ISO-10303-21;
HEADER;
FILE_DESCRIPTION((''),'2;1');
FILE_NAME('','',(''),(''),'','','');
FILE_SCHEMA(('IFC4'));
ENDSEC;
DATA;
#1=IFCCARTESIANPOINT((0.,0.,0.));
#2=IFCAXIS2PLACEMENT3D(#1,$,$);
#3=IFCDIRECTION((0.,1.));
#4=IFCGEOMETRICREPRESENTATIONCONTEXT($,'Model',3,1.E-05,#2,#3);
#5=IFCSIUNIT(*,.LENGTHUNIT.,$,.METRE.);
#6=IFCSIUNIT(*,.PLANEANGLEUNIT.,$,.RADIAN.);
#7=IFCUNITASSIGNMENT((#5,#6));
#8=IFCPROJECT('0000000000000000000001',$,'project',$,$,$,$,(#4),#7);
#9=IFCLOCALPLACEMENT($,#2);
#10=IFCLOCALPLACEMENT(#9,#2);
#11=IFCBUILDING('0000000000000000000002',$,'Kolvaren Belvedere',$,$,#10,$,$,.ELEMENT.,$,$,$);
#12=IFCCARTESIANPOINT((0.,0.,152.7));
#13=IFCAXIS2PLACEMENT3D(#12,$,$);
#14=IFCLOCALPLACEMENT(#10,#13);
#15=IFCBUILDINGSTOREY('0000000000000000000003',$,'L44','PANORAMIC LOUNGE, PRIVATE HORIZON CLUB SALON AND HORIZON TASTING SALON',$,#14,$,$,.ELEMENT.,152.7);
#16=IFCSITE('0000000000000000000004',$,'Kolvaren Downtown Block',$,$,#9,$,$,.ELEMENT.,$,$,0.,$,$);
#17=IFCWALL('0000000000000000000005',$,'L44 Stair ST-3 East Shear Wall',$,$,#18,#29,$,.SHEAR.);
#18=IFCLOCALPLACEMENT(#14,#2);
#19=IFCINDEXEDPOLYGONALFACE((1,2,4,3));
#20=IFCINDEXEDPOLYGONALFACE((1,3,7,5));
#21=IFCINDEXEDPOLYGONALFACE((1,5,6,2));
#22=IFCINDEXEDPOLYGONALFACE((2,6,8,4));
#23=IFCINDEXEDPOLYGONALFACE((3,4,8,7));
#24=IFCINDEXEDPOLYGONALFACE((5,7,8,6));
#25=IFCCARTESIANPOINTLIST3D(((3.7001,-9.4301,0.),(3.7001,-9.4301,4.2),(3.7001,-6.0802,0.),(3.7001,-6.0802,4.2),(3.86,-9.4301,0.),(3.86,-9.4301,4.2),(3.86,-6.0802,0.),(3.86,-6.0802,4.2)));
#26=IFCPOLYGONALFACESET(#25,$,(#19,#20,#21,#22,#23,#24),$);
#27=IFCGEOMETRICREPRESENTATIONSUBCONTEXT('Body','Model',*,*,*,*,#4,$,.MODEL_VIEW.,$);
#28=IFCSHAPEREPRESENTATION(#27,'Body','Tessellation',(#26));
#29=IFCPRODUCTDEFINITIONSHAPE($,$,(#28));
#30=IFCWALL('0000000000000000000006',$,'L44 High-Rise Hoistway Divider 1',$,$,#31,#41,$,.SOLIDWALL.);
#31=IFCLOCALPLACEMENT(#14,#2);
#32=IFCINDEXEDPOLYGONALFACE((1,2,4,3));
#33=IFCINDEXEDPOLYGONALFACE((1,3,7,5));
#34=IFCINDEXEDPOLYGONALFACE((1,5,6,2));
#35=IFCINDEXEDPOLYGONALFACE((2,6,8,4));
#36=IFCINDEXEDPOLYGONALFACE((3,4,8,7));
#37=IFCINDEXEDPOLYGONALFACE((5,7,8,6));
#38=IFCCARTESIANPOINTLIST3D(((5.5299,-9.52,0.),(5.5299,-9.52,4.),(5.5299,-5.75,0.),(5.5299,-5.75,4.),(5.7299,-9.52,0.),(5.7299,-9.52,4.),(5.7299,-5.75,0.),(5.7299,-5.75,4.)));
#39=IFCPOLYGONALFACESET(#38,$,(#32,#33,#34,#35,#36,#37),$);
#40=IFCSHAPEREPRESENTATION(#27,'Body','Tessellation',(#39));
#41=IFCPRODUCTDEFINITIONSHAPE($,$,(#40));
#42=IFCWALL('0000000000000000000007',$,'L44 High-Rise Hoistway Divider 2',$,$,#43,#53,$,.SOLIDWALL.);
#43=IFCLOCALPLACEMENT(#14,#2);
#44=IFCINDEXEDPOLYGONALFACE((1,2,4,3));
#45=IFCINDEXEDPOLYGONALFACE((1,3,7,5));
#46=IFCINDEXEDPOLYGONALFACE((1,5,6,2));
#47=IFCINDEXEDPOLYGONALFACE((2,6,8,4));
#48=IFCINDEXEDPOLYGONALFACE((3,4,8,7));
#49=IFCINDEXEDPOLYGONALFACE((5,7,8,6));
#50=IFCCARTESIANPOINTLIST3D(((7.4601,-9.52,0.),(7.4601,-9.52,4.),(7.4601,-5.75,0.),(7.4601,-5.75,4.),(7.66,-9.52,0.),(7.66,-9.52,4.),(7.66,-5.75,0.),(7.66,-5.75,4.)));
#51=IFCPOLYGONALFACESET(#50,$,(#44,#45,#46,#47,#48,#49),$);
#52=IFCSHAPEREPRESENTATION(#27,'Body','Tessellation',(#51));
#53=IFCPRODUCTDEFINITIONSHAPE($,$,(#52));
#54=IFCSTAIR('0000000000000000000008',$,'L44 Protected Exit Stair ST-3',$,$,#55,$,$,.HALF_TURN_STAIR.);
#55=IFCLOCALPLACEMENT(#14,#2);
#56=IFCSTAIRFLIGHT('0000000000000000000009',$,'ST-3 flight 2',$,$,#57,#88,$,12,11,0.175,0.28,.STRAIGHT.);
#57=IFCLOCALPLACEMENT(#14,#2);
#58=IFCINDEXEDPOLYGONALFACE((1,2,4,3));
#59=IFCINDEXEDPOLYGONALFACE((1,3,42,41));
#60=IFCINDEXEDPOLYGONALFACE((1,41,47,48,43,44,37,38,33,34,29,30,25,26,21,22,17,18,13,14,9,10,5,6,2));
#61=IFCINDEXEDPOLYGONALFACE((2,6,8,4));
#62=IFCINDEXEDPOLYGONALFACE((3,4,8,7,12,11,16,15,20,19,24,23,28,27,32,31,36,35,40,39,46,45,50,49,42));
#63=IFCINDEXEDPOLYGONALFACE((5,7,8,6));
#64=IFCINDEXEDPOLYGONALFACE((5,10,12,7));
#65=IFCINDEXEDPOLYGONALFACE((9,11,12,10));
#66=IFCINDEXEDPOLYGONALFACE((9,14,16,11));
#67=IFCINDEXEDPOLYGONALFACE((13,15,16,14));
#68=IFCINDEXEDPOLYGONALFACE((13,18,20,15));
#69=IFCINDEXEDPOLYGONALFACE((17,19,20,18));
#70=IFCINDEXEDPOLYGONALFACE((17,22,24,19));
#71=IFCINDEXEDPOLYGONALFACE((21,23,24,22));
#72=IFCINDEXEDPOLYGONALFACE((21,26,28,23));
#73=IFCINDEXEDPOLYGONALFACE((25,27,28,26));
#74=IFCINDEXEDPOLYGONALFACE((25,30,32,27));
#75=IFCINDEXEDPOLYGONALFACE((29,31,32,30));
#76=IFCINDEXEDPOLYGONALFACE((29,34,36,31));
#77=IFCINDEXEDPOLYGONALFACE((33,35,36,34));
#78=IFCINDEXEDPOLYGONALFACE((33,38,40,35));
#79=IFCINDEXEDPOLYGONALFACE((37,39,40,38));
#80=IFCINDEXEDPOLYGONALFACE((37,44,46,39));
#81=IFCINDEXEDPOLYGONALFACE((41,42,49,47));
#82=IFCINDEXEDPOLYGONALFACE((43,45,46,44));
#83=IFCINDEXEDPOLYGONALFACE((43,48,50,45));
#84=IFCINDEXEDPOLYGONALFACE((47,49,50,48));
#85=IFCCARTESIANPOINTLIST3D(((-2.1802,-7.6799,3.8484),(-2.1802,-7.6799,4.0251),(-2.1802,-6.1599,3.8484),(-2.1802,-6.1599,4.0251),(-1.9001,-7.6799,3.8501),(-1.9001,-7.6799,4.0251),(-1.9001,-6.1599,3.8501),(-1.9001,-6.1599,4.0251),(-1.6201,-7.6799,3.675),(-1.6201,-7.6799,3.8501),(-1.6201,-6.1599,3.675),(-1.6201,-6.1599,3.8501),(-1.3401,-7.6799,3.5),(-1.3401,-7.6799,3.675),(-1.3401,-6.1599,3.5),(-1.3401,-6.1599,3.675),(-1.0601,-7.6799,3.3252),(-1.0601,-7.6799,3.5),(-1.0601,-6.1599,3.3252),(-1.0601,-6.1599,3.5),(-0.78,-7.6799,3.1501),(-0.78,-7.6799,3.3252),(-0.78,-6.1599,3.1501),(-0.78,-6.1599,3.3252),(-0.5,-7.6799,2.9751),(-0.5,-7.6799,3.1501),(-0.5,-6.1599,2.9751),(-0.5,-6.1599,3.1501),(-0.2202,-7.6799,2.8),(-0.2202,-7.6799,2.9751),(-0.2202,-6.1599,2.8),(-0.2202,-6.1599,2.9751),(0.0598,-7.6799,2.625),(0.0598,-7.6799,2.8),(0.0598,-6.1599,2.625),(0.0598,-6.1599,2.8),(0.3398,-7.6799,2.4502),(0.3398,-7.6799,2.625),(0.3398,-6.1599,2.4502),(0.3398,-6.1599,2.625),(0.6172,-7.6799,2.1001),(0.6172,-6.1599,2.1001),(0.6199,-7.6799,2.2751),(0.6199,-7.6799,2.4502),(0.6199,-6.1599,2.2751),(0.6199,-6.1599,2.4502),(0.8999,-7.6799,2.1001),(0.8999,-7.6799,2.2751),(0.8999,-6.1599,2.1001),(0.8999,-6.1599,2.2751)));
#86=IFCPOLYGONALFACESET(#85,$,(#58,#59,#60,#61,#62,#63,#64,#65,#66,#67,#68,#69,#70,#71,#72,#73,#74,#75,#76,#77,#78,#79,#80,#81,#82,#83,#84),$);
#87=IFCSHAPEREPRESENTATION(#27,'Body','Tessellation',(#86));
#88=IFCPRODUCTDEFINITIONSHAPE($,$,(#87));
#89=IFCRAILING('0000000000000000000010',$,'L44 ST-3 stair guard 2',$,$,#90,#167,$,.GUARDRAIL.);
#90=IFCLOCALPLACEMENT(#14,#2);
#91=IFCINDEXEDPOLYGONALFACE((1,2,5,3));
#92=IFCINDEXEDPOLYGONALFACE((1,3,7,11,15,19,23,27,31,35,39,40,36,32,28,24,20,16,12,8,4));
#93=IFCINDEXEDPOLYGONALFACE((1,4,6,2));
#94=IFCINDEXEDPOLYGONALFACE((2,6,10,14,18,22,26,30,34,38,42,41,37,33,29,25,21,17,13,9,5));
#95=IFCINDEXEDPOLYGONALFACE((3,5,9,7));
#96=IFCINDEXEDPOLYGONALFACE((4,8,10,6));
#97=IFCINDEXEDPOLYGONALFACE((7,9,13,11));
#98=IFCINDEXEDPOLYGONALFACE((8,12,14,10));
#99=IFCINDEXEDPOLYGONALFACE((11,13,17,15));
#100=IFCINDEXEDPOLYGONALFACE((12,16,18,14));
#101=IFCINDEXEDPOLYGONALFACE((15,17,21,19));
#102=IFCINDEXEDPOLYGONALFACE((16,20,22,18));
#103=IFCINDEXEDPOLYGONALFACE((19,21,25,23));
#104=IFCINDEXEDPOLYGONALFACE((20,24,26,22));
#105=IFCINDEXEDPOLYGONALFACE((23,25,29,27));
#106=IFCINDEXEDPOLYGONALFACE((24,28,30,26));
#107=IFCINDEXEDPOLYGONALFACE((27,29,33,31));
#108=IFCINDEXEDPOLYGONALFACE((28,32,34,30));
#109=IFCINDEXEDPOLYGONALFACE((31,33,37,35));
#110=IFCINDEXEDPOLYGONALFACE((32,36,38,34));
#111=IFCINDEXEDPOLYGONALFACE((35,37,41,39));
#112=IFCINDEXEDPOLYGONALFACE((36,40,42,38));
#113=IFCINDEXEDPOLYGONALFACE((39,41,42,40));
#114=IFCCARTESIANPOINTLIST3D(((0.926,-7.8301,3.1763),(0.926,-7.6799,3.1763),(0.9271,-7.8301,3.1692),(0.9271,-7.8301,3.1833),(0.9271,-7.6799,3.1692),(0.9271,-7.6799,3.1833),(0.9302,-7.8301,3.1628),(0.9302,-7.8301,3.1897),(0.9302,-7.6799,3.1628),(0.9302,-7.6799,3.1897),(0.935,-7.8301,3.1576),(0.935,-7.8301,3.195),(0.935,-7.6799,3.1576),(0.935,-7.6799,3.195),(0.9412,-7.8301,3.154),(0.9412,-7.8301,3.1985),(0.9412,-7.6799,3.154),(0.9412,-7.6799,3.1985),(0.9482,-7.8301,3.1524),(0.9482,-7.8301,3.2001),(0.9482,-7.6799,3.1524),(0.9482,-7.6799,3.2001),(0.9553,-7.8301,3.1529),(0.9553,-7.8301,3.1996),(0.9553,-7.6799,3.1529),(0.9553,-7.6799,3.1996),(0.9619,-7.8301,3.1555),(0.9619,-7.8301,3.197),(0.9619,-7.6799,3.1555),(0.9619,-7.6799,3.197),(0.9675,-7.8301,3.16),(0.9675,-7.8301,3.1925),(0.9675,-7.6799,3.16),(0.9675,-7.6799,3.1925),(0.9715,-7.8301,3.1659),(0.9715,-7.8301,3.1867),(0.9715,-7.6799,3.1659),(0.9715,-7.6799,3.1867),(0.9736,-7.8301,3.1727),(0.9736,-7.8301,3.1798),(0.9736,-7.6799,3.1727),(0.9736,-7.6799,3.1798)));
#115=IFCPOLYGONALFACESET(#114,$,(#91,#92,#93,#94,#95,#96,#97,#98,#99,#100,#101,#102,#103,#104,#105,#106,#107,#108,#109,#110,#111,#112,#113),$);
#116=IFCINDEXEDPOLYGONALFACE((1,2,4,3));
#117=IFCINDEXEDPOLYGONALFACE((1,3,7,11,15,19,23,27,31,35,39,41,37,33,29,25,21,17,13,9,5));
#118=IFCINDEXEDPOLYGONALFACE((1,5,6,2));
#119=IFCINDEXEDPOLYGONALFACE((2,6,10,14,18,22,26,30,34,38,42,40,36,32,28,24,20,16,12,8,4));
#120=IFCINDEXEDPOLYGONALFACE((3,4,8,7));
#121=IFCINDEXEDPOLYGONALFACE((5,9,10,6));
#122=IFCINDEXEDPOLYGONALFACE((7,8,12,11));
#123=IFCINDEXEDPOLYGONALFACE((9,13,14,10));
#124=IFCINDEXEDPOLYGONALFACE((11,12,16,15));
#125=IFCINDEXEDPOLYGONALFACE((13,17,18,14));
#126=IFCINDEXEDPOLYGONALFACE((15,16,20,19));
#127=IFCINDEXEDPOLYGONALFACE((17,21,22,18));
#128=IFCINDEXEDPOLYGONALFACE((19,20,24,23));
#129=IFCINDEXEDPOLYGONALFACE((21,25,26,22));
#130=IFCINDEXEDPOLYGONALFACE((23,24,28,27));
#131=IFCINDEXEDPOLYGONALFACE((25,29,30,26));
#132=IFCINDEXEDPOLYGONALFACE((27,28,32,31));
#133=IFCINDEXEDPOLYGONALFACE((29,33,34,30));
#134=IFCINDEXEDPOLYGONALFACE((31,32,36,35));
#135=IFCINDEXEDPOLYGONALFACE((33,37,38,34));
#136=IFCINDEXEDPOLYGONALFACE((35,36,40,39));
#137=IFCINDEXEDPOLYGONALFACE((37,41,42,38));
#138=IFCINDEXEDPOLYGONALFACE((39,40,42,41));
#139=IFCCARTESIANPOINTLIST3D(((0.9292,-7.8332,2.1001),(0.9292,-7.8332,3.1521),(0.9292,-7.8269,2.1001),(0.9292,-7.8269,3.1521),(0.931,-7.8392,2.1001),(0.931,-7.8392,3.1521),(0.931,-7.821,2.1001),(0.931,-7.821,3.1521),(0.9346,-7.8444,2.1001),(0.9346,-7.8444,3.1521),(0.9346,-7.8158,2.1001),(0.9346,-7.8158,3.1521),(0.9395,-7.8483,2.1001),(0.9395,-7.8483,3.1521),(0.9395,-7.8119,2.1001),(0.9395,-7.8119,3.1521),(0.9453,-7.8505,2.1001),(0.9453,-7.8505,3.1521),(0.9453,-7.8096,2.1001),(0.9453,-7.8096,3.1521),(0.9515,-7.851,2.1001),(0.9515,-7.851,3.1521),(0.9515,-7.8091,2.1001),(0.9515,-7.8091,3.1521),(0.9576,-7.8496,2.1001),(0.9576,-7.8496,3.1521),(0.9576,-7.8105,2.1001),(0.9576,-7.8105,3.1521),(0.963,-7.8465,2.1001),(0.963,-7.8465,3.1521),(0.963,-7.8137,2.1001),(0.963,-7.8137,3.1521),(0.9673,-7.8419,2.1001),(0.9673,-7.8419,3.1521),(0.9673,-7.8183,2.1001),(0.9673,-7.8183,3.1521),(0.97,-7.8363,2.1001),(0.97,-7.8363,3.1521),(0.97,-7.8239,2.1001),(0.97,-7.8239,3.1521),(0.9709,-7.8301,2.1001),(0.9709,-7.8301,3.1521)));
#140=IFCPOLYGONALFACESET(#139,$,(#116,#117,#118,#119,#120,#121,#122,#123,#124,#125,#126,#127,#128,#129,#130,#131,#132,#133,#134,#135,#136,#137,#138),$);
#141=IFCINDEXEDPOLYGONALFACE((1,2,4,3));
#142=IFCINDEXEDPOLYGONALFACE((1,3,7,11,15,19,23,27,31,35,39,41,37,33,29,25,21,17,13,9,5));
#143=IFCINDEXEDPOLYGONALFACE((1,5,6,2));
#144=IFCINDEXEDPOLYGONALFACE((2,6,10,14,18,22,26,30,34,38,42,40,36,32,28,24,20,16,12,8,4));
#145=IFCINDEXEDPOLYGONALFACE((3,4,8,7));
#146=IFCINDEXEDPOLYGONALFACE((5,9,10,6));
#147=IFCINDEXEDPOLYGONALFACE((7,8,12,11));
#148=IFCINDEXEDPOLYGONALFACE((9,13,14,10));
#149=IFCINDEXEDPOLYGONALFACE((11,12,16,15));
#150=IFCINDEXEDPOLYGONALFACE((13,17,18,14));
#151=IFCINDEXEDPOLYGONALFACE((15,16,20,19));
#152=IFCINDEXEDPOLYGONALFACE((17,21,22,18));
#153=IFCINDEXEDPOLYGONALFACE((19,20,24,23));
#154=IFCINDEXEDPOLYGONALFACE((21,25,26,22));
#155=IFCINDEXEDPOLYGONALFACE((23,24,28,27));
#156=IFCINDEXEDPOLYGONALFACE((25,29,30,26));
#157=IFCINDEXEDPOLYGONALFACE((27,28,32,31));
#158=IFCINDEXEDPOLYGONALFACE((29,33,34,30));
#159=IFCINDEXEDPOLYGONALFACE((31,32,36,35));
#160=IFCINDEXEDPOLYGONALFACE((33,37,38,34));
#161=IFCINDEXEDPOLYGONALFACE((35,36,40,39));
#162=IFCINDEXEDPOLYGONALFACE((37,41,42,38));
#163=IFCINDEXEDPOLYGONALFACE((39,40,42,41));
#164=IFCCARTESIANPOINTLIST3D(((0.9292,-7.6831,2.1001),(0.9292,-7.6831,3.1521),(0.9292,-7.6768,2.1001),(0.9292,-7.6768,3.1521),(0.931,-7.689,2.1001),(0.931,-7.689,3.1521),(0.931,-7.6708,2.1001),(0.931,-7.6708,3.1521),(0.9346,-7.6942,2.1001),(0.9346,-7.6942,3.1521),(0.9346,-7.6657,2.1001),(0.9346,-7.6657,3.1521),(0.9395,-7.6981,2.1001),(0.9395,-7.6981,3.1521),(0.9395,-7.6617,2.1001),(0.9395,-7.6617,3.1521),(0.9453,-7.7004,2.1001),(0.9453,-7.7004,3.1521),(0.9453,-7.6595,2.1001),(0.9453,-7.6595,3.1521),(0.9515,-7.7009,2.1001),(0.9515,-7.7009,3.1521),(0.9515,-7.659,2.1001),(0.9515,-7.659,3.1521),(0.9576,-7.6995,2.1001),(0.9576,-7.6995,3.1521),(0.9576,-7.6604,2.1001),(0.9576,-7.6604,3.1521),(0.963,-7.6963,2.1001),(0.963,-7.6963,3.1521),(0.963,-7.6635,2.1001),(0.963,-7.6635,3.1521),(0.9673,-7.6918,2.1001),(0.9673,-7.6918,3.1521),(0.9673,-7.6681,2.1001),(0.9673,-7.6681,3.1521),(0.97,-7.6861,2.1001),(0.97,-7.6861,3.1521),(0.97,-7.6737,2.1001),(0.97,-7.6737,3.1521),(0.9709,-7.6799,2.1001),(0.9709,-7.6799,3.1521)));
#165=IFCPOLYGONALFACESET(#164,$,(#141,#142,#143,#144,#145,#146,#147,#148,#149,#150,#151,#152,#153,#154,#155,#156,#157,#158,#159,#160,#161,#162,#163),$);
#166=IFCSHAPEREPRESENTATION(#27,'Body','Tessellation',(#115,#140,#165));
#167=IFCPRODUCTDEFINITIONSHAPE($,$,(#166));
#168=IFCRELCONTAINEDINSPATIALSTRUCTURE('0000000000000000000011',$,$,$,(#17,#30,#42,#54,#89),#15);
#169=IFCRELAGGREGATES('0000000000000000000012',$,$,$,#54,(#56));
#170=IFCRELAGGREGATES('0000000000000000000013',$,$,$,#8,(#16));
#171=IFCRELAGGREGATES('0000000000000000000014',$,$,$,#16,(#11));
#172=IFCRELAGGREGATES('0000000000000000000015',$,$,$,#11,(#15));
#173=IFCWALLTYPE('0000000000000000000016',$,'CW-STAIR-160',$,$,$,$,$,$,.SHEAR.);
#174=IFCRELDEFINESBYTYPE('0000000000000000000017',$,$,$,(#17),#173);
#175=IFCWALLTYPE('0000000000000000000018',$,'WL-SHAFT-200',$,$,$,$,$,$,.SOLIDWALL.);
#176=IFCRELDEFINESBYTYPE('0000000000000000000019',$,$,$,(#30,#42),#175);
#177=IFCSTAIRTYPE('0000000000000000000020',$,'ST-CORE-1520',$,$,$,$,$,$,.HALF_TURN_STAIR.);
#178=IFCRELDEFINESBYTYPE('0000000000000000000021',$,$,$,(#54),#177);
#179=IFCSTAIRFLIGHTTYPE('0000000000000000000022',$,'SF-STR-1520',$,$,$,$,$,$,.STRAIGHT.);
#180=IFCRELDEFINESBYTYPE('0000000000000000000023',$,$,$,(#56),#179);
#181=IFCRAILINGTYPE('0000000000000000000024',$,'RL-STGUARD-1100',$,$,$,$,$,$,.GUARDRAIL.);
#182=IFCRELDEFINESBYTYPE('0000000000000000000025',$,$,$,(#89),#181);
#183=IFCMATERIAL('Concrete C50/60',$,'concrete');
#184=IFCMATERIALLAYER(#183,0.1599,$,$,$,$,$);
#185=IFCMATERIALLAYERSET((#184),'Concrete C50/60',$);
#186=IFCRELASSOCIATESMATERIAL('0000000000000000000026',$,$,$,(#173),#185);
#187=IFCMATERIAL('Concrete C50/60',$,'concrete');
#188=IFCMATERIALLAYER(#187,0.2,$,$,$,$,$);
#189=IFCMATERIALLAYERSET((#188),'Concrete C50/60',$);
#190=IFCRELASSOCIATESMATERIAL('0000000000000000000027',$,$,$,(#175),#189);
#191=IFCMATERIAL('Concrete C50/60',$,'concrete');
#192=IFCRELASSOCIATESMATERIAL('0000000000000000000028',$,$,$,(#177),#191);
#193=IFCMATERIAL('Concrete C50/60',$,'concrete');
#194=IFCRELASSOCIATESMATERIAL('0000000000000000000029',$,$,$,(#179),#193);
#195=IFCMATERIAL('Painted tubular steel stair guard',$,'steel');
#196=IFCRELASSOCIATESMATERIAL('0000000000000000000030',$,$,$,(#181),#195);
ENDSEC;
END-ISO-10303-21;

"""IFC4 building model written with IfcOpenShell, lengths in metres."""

from ifc_helpers import new_model, si_unit, direction, frame, frame_2d, origin, origin_2d, place, context, subcontext, project, spatial, polyline, rectangle, circle, outline, extrude, material, layer, layer_set, type_object, element, aggregate, save


model = new_model("IFC4")

# Units and contexts
model_context = context("Model", 3, precision=1e-05, world=origin(), true_north=direction((0.0, 1.0)))
body_context = subcontext(model_context, "Body", "Model", "MODEL_VIEW")
ifc_project = project(units=[si_unit("LENGTHUNIT", "METRE"), si_unit("PLANEANGLEUNIT", "RADIAN")], contexts=[model_context])

# Site, building, storey
site_placement = place(None, origin())
site = spatial("IfcSite", under=ifc_project, at=site_placement, Name="Kolvaren Downtown Block", CompositionType="ELEMENT", RefElevation=0.0)
building_placement = place(site_placement, origin())
building = spatial("IfcBuilding", under=site, at=building_placement, Name="Kolvaren Belvedere", CompositionType="ELEMENT")
storey_placement = place(building_placement, frame((0.0, 0.0, 152.7)))
storey = spatial("IfcBuildingStorey", under=building, at=storey_placement, Name="L44", Description="PANORAMIC LOUNGE, PRIVATE HORIZON CLUB SALON AND HORIZON TASTING SALON", CompositionType="ELEMENT", Elevation=152.7)

# Shared definitions
ifc_material_1 = material(Name="Concrete C50/60", Category="concrete")
ifc_layer_1 = layer(ifc_material_1, 0.1599)
ifc_layer_set_1 = layer_set([ifc_layer_1], Name="Concrete C50/60")
wall_type_1 = type_object("IfcWallType", Name="CW-STAIR-160", PredefinedType="SHEAR", material=ifc_layer_set_1)

# Walls
wall_1_placement = place(storey_placement, frame((3.78, -9.4299, 0.0), z_axis=(0.0, 0.0, 1.0), x_axis=(0.0, 1.0, 0.0)))
element("IfcWall", 1, at=wall_1_placement, inside=storey, type_object=wall_type_1, Name="L44 Stair ST-3 East Shear Wall", PredefinedType="SHEAR", context=body_context, shape_type="SweptSolid", body=[
    extrude(rectangle(XDim=3.3499, YDim=0.1599, at=frame_2d((1.6748, 0.0))), origin(), (0.0, 0.0, 1.0), 4.2),
])
ifc_material_2 = material(Name="Concrete C50/60", Category="concrete")
ifc_layer_2 = layer(ifc_material_2, 0.2)
ifc_layer_set_2 = layer_set([ifc_layer_2], Name="Concrete C50/60")
wall_type_2 = type_object("IfcWallType", Name="WL-SHAFT-200", PredefinedType="SOLIDWALL", material=ifc_layer_set_2)
for number, where, z_axis, x_axis, name in (
    (2, (5.6299, -9.52, 0.0), (0.0, 0.0, 1.0), (0.0, 1.0, 0.0), "L44 High-Rise Hoistway Divider 1"),
    (3, (7.5601, -9.52, 0.0), (0.0, 0.0, 1.0), (0.0, 1.0, 0.0), "L44 High-Rise Hoistway Divider 2"),
):
    element("IfcWall", number, at=place(storey_placement, frame(where, z_axis=z_axis, x_axis=x_axis)), inside=storey, type_object=wall_type_2, Name=name, PredefinedType="SOLIDWALL", context=body_context, shape_type="SweptSolid", body=[
        extrude(rectangle(XDim=3.77, YDim=0.2, at=frame_2d((1.885, 0.0))), origin(), (0.0, 0.0, 1.0), 4.0),
    ])

# Stair, stair flight
ifc_material_3 = material(Name="Concrete C50/60", Category="concrete")
stair_type = type_object("IfcStairType", Name="ST-CORE-1520", PredefinedType="HALF_TURN_STAIR", material=ifc_material_3)
stair_placement = place(storey_placement, origin())
stair = element("IfcStair", 4, at=stair_placement, inside=storey, type_object=stair_type, Name="L44 Protected Exit Stair ST-3", PredefinedType="HALF_TURN_STAIR")
ifc_material_4 = material(Name="Concrete C50/60", Category="concrete")
stair_flight_type = type_object("IfcStairFlightType", Name="SF-STR-1520", PredefinedType="STRAIGHT", material=ifc_material_4)
stair_flight_placement = place(storey_placement, frame((0.8999, -6.9199, 2.1001), z_axis=(0.0, 0.0, 1.0), x_axis=(-1.0, 0.0, 0.0)))
stair_flight = element("IfcStairFlight", 5, at=stair_flight_placement, type_object=stair_flight_type, Name="ST-3 flight 2", NumberOfRisers=12, NumberOfTreads=11, PredefinedType="STRAIGHT", RiserHeight=0.175, TreadLength=0.28, context=body_context, shape_type="SweptSolid", body=[
    extrude(outline(polyline([(0.0, 0.0), (0.0, 0.175), (0.28, 0.175), (0.28, 0.3501), (0.5601, 0.3501), (0.5601, 0.5249), (0.8401, 0.5249), (0.8401, 0.7), (1.1201, 0.7), (1.1201, 0.875), (1.3999, 0.875), (1.3999, 1.05), (1.6799, 1.05), (1.6799, 1.2251), (1.96, 1.2251), (1.96, 1.3999), (2.24, 1.3999), (2.24, 1.575), (2.52, 1.575), (2.52, 1.75), (2.8, 1.75), (2.8, 1.925), (3.0801, 1.925), (3.0801, 2.1001), (3.0801, 1.7483), (0.2827, 0.0), (0.0, 0.0)])), frame((0.0, 0.76, 0.0), z_axis=(0.0, -1.0, 0.0), x_axis=(1.0, 0.0, 0.0)), (0.0, 0.0, 1.0), 1.52),
])
aggregate(stair, [stair_flight])

# Railing
ifc_material_5 = material(Name="Painted tubular steel stair guard", Category="steel")
railing_type = type_object("IfcRailingType", Name="RL-STGUARD-1100", PredefinedType="GUARDRAIL", material=ifc_material_5)
railing_1_placement = place(storey_placement, frame((0.95, -7.8301, 2.1001)))
element("IfcRailing", 6, at=railing_1_placement, inside=storey, type_object=railing_type, Name="L44 ST-3 stair guard 2", PredefinedType="GUARDRAIL", context=body_context, shape_type="SweptSolid", body=[
    extrude(circle(Radius=0.0239, at=origin_2d()), frame((0.0, 0.0, 1.0762), z_axis=(0.0, 1.0, 0.0), x_axis=(-1.0, 0.0, 0.0)), (0.0, 0.0, 1.0), 0.1501),
    extrude(circle(Radius=0.021, at=origin_2d()), origin(), (0.0, 0.0, 1.0), 1.052),
    extrude(circle(Radius=0.021, at=origin_2d()), frame((0.0, 0.1501, 0.0)), (0.0, 0.0, 1.0), 1.052),
])

save(model, "model.ifc")
